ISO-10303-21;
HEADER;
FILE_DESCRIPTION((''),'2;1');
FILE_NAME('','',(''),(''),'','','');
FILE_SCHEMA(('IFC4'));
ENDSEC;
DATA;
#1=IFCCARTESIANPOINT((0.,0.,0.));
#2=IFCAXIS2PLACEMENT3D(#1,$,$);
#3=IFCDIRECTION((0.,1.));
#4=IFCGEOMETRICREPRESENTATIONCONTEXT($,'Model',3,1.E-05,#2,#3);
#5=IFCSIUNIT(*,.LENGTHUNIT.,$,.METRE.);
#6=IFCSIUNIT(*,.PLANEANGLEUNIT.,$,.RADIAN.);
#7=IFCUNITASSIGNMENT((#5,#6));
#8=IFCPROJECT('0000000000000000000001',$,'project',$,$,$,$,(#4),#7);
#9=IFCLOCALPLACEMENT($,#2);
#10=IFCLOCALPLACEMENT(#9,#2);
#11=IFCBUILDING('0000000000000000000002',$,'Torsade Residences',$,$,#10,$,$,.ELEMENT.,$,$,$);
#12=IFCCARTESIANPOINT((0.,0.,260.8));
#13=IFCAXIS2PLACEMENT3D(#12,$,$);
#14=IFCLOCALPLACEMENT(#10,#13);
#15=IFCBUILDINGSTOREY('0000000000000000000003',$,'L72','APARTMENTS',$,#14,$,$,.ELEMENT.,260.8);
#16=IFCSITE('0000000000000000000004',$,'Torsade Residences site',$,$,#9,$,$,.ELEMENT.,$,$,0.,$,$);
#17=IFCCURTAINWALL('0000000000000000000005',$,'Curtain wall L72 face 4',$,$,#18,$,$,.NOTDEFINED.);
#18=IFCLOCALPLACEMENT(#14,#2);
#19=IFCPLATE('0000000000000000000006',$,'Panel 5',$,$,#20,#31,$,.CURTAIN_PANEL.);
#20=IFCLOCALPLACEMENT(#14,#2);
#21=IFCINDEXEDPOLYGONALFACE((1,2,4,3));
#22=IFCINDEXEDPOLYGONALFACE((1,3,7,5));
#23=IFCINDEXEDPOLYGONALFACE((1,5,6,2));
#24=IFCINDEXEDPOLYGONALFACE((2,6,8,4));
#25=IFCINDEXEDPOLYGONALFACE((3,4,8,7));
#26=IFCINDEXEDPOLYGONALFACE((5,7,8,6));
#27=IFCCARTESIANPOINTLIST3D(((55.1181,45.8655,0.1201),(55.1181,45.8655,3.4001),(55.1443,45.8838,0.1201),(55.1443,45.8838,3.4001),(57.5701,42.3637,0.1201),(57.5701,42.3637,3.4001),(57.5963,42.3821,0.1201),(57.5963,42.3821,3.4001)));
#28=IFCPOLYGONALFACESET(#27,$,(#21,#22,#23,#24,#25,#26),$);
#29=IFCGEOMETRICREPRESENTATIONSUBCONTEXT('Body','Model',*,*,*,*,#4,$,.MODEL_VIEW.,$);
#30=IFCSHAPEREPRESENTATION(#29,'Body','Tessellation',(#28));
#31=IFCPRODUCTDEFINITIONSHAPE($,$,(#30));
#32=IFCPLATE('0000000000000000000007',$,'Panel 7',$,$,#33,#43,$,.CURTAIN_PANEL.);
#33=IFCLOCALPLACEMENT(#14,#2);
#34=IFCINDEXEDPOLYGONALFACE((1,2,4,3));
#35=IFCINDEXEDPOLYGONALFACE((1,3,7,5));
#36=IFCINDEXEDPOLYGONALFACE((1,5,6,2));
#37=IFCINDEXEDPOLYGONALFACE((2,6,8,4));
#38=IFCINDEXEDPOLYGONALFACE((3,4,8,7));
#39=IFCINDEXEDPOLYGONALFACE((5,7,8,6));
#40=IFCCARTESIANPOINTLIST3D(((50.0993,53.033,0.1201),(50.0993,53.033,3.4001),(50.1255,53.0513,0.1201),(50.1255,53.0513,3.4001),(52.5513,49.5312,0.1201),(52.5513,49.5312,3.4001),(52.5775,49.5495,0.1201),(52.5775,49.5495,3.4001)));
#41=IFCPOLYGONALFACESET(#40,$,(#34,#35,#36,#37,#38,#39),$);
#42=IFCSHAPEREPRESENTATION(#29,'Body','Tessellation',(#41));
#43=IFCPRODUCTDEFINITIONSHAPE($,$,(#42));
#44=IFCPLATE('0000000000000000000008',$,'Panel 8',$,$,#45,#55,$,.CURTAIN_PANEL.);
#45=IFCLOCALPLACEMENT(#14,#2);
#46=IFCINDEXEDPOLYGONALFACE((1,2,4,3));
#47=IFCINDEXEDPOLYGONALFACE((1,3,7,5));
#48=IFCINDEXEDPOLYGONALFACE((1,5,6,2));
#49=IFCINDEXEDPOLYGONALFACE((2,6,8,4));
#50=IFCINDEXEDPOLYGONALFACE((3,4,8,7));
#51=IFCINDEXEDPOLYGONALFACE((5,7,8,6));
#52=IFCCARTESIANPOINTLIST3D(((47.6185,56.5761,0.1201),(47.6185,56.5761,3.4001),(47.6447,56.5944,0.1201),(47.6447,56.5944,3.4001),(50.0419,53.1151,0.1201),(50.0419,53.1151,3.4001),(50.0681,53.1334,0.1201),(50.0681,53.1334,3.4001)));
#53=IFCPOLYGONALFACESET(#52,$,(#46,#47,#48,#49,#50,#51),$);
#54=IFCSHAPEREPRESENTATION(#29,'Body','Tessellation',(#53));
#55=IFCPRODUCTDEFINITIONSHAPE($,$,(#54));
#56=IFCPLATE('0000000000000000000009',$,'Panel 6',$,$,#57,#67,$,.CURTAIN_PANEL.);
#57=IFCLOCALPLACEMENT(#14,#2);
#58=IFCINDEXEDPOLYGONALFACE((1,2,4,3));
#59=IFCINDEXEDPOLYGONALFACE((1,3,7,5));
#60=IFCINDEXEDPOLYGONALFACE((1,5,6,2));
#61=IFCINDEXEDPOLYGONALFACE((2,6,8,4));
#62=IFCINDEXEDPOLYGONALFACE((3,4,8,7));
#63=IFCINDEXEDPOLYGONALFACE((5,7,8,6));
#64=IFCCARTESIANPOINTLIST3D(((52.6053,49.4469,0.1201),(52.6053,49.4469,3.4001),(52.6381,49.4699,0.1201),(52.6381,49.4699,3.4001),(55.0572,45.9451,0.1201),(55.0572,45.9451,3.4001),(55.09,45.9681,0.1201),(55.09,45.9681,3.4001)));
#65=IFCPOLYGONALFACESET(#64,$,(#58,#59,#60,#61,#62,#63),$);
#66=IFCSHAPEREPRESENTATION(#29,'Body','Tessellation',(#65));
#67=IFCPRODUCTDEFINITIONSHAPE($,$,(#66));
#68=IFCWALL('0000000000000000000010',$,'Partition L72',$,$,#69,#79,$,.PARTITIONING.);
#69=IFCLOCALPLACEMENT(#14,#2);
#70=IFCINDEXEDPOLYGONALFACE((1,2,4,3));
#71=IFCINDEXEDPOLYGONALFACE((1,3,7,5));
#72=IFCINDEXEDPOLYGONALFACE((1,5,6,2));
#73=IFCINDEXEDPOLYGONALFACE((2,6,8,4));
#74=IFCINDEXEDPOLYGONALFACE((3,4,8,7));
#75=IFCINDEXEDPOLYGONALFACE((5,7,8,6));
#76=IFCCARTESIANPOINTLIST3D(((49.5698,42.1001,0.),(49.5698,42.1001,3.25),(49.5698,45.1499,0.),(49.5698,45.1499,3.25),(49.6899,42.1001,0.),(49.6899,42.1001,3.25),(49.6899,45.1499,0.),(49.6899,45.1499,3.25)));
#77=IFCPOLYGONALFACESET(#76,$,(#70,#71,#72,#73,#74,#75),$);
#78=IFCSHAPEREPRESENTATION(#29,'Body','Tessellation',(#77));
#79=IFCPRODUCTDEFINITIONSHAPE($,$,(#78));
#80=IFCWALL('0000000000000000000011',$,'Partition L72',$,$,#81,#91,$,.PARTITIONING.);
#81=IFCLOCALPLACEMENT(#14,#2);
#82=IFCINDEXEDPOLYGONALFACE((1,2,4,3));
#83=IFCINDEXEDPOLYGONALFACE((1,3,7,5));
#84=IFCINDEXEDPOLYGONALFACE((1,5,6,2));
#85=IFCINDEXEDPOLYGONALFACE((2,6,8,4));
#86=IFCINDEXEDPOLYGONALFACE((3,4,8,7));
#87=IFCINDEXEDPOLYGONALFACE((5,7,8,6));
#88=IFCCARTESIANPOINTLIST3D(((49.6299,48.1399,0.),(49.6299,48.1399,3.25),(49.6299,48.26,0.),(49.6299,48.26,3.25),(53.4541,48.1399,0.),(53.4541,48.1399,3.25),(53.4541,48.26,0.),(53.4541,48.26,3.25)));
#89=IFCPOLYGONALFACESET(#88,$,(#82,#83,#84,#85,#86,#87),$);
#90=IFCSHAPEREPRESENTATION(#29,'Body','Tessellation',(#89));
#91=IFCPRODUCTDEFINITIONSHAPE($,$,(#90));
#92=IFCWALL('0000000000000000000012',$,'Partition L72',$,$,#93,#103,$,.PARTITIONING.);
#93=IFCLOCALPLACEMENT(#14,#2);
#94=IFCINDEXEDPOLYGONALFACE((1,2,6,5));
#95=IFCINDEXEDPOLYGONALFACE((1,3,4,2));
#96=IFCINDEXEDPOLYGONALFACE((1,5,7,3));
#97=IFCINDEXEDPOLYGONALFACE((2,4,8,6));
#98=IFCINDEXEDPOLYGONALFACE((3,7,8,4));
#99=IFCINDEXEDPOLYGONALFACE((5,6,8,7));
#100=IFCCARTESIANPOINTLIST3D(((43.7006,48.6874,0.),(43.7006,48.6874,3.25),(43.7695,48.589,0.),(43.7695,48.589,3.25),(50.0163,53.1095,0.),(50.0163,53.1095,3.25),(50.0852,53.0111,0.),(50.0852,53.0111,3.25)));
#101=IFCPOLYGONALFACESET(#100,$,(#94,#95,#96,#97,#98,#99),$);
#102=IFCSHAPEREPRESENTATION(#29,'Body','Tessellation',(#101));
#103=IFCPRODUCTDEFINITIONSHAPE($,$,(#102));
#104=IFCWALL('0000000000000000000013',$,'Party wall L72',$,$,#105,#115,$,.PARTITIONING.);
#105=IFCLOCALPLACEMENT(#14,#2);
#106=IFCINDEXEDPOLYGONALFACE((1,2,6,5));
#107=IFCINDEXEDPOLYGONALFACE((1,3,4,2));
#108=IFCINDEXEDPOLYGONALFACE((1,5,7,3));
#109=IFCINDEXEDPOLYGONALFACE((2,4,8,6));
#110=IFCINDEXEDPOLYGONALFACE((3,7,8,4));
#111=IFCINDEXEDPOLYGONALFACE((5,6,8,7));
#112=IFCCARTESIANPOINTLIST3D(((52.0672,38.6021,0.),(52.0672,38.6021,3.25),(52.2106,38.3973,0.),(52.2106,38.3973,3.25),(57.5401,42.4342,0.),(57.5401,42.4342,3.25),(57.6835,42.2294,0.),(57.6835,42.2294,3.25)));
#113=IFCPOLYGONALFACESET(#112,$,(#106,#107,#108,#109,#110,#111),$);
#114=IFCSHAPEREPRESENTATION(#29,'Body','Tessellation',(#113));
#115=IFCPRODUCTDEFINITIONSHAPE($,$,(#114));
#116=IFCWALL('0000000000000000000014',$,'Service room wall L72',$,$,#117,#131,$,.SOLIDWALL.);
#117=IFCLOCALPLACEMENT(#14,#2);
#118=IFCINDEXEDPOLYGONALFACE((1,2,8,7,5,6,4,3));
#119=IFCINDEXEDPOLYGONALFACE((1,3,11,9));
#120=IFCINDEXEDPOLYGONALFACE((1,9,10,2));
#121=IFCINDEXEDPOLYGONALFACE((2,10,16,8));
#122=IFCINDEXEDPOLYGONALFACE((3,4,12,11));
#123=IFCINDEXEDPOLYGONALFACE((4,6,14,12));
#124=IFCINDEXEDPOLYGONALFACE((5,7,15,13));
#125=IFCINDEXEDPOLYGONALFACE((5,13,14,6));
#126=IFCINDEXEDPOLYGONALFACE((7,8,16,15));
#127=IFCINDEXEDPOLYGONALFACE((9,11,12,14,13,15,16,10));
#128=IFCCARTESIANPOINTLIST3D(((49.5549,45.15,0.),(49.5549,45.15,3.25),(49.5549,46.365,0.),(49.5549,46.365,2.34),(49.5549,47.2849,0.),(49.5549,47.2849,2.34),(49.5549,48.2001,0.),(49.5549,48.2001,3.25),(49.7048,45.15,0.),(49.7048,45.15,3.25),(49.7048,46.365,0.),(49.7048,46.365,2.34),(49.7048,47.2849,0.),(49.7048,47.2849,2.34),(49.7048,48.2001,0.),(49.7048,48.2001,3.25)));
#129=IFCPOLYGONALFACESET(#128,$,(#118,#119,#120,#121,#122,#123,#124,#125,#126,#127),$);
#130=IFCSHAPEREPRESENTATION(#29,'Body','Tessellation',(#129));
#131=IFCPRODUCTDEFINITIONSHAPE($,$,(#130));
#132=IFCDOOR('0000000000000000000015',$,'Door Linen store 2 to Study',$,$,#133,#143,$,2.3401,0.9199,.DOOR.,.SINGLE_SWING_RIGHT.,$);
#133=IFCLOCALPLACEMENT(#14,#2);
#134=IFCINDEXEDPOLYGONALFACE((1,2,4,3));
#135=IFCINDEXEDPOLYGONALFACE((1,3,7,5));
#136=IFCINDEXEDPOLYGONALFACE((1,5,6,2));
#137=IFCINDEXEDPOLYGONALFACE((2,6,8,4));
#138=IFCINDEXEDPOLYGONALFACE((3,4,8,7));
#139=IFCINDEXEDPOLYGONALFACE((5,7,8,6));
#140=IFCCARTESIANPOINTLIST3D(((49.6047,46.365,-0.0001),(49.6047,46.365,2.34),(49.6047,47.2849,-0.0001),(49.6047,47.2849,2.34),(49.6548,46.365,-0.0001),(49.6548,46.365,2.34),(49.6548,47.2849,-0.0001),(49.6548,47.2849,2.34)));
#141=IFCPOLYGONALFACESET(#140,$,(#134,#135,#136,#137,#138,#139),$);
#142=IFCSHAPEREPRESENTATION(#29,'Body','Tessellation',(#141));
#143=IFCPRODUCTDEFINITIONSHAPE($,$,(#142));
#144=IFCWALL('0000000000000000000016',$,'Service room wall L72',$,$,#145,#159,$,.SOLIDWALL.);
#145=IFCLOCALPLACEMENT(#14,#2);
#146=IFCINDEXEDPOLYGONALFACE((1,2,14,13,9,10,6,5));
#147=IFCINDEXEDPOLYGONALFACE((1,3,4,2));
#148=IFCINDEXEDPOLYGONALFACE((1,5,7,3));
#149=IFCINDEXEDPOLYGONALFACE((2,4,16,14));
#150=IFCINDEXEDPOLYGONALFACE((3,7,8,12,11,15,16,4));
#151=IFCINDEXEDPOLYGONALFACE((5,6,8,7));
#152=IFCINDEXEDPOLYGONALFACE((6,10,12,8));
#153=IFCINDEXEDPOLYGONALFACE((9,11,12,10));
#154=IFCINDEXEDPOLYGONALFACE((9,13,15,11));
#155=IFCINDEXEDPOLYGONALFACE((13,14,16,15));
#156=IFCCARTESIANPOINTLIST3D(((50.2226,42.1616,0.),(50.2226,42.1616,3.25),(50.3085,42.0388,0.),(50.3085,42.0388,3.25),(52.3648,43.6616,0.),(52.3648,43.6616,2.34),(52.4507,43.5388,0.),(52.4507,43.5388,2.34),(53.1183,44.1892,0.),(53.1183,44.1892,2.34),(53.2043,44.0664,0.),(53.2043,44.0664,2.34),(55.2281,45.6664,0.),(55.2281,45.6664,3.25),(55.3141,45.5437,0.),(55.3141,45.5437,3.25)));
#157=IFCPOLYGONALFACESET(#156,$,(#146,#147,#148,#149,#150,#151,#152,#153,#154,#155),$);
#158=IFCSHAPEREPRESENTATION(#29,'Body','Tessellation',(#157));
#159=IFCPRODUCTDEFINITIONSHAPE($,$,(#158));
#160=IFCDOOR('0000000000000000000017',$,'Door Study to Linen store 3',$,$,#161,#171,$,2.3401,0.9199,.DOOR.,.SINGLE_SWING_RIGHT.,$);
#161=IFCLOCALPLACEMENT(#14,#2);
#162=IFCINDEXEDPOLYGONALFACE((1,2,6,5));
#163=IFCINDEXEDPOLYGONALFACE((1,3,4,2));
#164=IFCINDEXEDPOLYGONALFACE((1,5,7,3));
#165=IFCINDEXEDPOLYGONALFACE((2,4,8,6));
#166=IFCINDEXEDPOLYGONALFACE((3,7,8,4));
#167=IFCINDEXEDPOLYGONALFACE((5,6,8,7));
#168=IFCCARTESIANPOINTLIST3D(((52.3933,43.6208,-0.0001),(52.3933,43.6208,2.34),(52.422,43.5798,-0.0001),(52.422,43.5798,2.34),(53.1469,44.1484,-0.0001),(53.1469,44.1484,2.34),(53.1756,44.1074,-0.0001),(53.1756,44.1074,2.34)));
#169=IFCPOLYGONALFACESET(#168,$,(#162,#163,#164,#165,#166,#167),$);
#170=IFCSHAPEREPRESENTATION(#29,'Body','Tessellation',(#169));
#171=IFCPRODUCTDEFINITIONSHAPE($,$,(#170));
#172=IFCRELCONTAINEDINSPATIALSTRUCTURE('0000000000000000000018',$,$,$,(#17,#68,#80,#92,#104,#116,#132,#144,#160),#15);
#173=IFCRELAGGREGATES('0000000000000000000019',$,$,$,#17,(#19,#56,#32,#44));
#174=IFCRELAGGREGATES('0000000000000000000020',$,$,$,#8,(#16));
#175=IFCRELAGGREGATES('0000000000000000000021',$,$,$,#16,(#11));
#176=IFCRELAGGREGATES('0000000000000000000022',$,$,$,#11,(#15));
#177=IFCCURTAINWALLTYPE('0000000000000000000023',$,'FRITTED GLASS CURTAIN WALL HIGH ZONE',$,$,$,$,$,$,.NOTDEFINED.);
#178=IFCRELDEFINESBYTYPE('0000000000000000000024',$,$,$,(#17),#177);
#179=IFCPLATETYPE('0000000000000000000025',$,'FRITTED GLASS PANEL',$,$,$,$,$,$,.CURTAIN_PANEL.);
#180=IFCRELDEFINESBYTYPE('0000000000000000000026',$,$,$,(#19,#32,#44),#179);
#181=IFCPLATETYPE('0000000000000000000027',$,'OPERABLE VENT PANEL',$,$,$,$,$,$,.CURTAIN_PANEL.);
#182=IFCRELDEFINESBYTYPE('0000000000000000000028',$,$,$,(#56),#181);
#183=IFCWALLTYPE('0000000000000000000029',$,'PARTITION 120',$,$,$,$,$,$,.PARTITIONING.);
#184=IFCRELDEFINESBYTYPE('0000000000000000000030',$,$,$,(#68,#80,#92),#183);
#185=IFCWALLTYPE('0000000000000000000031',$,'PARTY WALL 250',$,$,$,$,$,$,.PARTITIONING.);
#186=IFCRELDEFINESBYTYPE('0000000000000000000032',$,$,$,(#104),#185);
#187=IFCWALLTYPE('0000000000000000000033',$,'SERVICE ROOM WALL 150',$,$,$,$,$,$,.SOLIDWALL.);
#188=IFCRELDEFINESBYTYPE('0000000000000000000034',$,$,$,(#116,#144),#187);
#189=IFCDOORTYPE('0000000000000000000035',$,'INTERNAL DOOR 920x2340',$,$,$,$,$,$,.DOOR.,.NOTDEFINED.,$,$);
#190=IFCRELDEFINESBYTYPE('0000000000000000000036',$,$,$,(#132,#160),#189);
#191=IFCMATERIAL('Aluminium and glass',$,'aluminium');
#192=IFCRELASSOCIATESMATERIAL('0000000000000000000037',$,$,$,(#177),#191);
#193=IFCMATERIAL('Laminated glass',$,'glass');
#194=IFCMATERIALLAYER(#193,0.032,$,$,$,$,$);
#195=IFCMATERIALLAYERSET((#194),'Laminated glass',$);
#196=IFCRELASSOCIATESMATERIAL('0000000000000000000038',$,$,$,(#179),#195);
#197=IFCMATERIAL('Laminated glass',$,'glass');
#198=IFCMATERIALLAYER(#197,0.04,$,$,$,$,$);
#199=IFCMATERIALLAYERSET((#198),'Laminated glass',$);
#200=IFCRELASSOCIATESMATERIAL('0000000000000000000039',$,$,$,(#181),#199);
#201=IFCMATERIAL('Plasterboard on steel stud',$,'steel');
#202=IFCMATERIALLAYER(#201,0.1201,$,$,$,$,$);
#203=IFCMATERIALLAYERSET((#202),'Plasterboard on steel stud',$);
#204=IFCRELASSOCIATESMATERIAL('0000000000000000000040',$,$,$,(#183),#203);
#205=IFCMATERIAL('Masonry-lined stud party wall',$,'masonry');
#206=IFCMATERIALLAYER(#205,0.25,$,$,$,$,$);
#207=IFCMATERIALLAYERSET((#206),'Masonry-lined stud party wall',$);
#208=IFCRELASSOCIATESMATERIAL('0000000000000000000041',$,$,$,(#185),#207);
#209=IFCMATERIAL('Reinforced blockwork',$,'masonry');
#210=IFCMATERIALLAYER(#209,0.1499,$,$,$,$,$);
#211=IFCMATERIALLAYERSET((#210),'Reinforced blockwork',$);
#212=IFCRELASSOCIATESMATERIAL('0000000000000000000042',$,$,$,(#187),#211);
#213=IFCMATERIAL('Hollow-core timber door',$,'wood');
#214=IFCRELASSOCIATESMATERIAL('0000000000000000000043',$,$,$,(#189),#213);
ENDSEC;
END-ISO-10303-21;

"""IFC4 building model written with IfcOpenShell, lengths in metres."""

from ifc_helpers import new_model, si_unit, direction, frame, frame_2d, origin, origin_2d, place, context, subcontext, project, spatial, rectangle, extrude, material, layer, layer_set, type_object, element, fill, aggregate, save


model = new_model("IFC4")

# Units and contexts
model_context = context("Model", 3, precision=1e-05, world=origin(), true_north=direction((0.0, 1.0)))
body_context = subcontext(model_context, "Body", "Model", "MODEL_VIEW")
ifc_project = project(units=[si_unit("LENGTHUNIT", "METRE"), si_unit("PLANEANGLEUNIT", "RADIAN")], contexts=[model_context])

# Site, building, storey
site_placement = place(None, origin())
site = spatial("IfcSite", under=ifc_project, at=site_placement, Name="Torsade Residences site", CompositionType="ELEMENT", RefElevation=0.0)
building_placement = place(site_placement, origin())
building = spatial("IfcBuilding", under=site, at=building_placement, Name="Torsade Residences", CompositionType="ELEMENT")
storey_placement = place(building_placement, frame((0.0, 0.0, 260.8)))
storey = spatial("IfcBuildingStorey", under=building, at=storey_placement, Name="L72", Description="APARTMENTS", CompositionType="ELEMENT", Elevation=260.8)

# Curtain wall
ifc_material_1 = material(Name="Aluminium and glass", Category="aluminium")
curtain_wall_type = type_object("IfcCurtainWallType", Name="FRITTED GLASS CURTAIN WALL HIGH ZONE", PredefinedType="NOTDEFINED", material=ifc_material_1)
curtain_wall_placement = place(storey_placement, origin())
curtain_wall = element("IfcCurtainWall", 1, at=curtain_wall_placement, inside=storey, type_object=curtain_wall_type, Name="Curtain wall L72 face 4", PredefinedType="NOTDEFINED")

# Plates
ifc_material_2 = material(Name="Laminated glass", Category="glass")
ifc_layer_1 = layer(ifc_material_2, 0.032)
ifc_layer_set_1 = layer_set([ifc_layer_1], Name="Laminated glass")
plate_type_1 = type_object("IfcPlateType", Name="FRITTED GLASS PANEL", PredefinedType="CURTAIN_PANEL", material=ifc_layer_set_1)
plate_1_placement = place(storey_placement, frame((56.3572, 44.1238, 0.1201), z_axis=(0.0, 0.0, 1.0), x_axis=(-0.573576, 0.819152, 0.0)))
plate_1 = element("IfcPlate", 2, at=plate_1_placement, type_object=plate_type_1, Name="Panel 5", PredefinedType="CURTAIN_PANEL", context=body_context, shape_type="SweptSolid", body=[
    extrude(rectangle(XDim=4.2749, YDim=0.032, at=origin_2d()), origin(), (0.0, 0.0, 1.0), 3.28),
])
plate_2_placement = place(storey_placement, frame((51.3384, 51.2913, 0.1201), z_axis=(0.0, 0.0, 1.0), x_axis=(-0.573576, 0.819152, 0.0)))
plate_2 = element("IfcPlate", 3, at=plate_2_placement, type_object=plate_type_1, Name="Panel 7", PredefinedType="CURTAIN_PANEL", context=body_context, shape_type="SweptSolid", body=[
    extrude(rectangle(XDim=4.2749, YDim=0.032, at=origin_2d()), origin(), (0.0, 0.0, 1.0), 3.28),
])
plate_3_placement = place(storey_placement, frame((48.8433, 54.8547, 0.1201), z_axis=(0.0, 0.0, 1.0), x_axis=(-0.573576, 0.819152, 0.0)))
plate_3 = element("IfcPlate", 4, at=plate_3_placement, type_object=plate_type_1, Name="Panel 8", PredefinedType="CURTAIN_PANEL", context=body_context, shape_type="SweptSolid", body=[
    extrude(rectangle(XDim=4.2251, YDim=0.032, at=origin_2d()), origin(), (0.0, 0.0, 1.0), 3.28),
])
ifc_material_3 = material(Name="Laminated glass", Category="glass")
ifc_layer_2 = layer(ifc_material_3, 0.04)
ifc_layer_set_2 = layer_set([ifc_layer_2], Name="Laminated glass")
plate_type_2 = type_object("IfcPlateType", Name="OPERABLE VENT PANEL", PredefinedType="CURTAIN_PANEL", material=ifc_layer_set_2)
plate_4_placement = place(storey_placement, frame((53.8477, 47.7075, 0.1201), z_axis=(0.0, 0.0, 1.0), x_axis=(-0.573576, 0.819152, 0.0)))
plate_4 = element("IfcPlate", 5, at=plate_4_placement, type_object=plate_type_2, Name="Panel 6", PredefinedType="CURTAIN_PANEL", context=body_context, shape_type="SweptSolid", body=[
    extrude(rectangle(XDim=4.2749, YDim=0.04, at=origin_2d()), origin(), (0.0, 0.0, 1.0), 3.28),
])
aggregate(curtain_wall, [plate_1, plate_4, plate_2, plate_3])

# Walls
ifc_material_4 = material(Name="Plasterboard on steel stud", Category="steel")
ifc_layer_3 = layer(ifc_material_4, 0.1201)
ifc_layer_set_3 = layer_set([ifc_layer_3], Name="Plasterboard on steel stud")
wall_type_1 = type_object("IfcWallType", Name="PARTITION 120", PredefinedType="PARTITIONING", material=ifc_layer_set_3)
wall_1_placement = place(storey_placement, frame((49.6299, 45.1499, 0.0), z_axis=(0.0, 0.0, 1.0), x_axis=(0.0, -1.0, 0.0)))
element("IfcWall", 6, at=wall_1_placement, inside=storey, type_object=wall_type_1, Name="Partition L72", PredefinedType="PARTITIONING", context=body_context, shape_type="SweptSolid", body=[
    extrude(rectangle(XDim=3.0498, YDim=0.1201, at=frame_2d((1.5249, 0.0))), origin(), (0.0, 0.0, 1.0), 3.25),
])
wall_2_placement = place(storey_placement, frame((49.6299, 48.2, 0.0), z_axis=(0.0, 0.0, 1.0), x_axis=(1.0, 0.0, 0.0)))
element("IfcWall", 7, at=wall_2_placement, inside=storey, type_object=wall_type_1, Name="Partition L72", PredefinedType="PARTITIONING", context=body_context, shape_type="SweptSolid", body=[
    extrude(rectangle(XDim=3.8242, YDim=0.1201, at=frame_2d((1.9121, 0.0))), origin(), (0.0, 0.0, 1.0), 3.25),
])
wall_3_placement = place(storey_placement, frame((50.0508, 53.0603, 0.0), z_axis=(0.0, 0.0, 1.0), x_axis=(-0.819162, -0.573562, 0.0)))
element("IfcWall", 8, at=wall_3_placement, inside=storey, type_object=wall_type_1, Name="Partition L72", PredefinedType="PARTITIONING", context=body_context, shape_type="SweptSolid", body=[
    extrude(rectangle(XDim=7.71, YDim=0.1201, at=frame_2d((3.855, 0.0))), origin(), (0.0, 0.0, 1.0), 3.25),
])
ifc_material_5 = material(Name="Masonry-lined stud party wall", Category="masonry")
ifc_layer_4 = layer(ifc_material_5, 0.25)
ifc_layer_set_4 = layer_set([ifc_layer_4], Name="Masonry-lined stud party wall")
wall_type_2 = type_object("IfcWallType", Name="PARTY WALL 250", PredefinedType="PARTITIONING", material=ifc_layer_set_4)
wall_4_placement = place(storey_placement, frame((57.6118, 42.3318, 0.0), z_axis=(0.0, 0.0, 1.0), x_axis=(-0.819162, -0.573563, 0.0)))
element("IfcWall", 9, at=wall_4_placement, inside=storey, type_object=wall_type_2, Name="Party wall L72", PredefinedType="PARTITIONING", context=body_context, shape_type="SweptSolid", body=[
    extrude(rectangle(XDim=6.6812, YDim=0.25, at=frame_2d((3.3406, 0.0))), origin(), (0.0, 0.0, 1.0), 3.25),
])

# Walls, openings, doors
ifc_material_6 = material(Name="Reinforced blockwork", Category="masonry")
ifc_layer_5 = layer(ifc_material_6, 0.1499)
ifc_layer_set_5 = layer_set([ifc_layer_5], Name="Reinforced blockwork")
wall_type_3 = type_object("IfcWallType", Name="SERVICE ROOM WALL 150", PredefinedType="SOLIDWALL", material=ifc_layer_set_5)
wall_5_placement = place(storey_placement, frame((49.6299, 48.2, 0.0), z_axis=(0.0, 0.0, 1.0), x_axis=(0.0, -1.0, 0.0)))
wall_5 = element("IfcWall", 10, at=wall_5_placement, inside=storey, type_object=wall_type_3, Name="Service room wall L72", PredefinedType="SOLIDWALL", context=body_context, shape_type="SweptSolid", body=[
    extrude(rectangle(XDim=3.05, YDim=0.1499, at=frame_2d((1.5249, 0.0))), origin(), (0.0, 0.0, 1.0), 3.25),
])
opening_1_placement = place(wall_5_placement, frame((0.915, 0.0, 0.0)))
opening_1 = element("IfcOpeningElement", 11, at=opening_1_placement, cuts=wall_5, PredefinedType="OPENING", context=body_context, shape_type="SweptSolid", body=[
    extrude(rectangle(XDim=0.9199, YDim=2.3401, at=frame_2d((0.46, 1.1699))), frame((0.0, 0.085, 0.0), z_axis=(0.0, -1.0, 0.0), x_axis=(1.0, 0.0, 0.0)), (0.0, 0.0, 1.0), 0.1699),
])
ifc_material_7 = material(Name="Hollow-core timber door", Category="wood")
door_type = type_object("IfcDoorType", Name="INTERNAL DOOR 920x2340", OperationType="NOTDEFINED", PredefinedType="DOOR", material=ifc_material_7)
door_1_placement = place(opening_1_placement, origin())
door_1 = element("IfcDoor", 12, at=door_1_placement, inside=storey, type_object=door_type, Name="Door Linen store 2 to Study", OperationType="SINGLE_SWING_RIGHT", OverallHeight=2.3401, OverallWidth=0.9199, PredefinedType="DOOR", context=body_context, shape_type="SweptSolid", body=[
    extrude(rectangle(XDim=0.9199, YDim=2.3401, at=frame_2d((0.46, 1.1699))), frame((0.0, 0.0249, 0.0), z_axis=(0.0, -1.0, 0.0), x_axis=(1.0, 0.0, 0.0)), (0.0, 0.0, 1.0), 0.05),
])
fill(opening_1, door_1)
wall_6_placement = place(storey_placement, frame((55.271, 45.605, 0.0), z_axis=(0.0, 0.0, 1.0), x_axis=(-0.819159, -0.573567, 0.0)))
wall_6 = element("IfcWall", 13, at=wall_6_placement, inside=storey, type_object=wall_type_3, Name="Service room wall L72", PredefinedType="SOLIDWALL", context=body_context, shape_type="SweptSolid", body=[
    extrude(rectangle(XDim=6.1106, YDim=0.1499, at=frame_2d((3.0552, 0.0))), origin(), (0.0, 0.0, 1.0), 3.25),
])
opening_2_placement = place(wall_6_placement, frame((2.5754, 0.0, 0.0)))
opening_2 = element("IfcOpeningElement", 14, at=opening_2_placement, cuts=wall_6, PredefinedType="OPENING", context=body_context, shape_type="SweptSolid", body=[
    extrude(rectangle(XDim=0.9199, YDim=2.3401, at=frame_2d((0.46, 1.1699))), frame((0.0, 0.085, 0.0), z_axis=(0.0, -1.0, 0.0), x_axis=(1.0, 0.0, 0.0)), (0.0, 0.0, 1.0), 0.1699),
])
door_2_placement = place(opening_2_placement, origin())
door_2 = element("IfcDoor", 15, at=door_2_placement, inside=storey, type_object=door_type, Name="Door Study to Linen store 3", OperationType="SINGLE_SWING_RIGHT", OverallHeight=2.3401, OverallWidth=0.9199, PredefinedType="DOOR", context=body_context, shape_type="SweptSolid", body=[
    extrude(rectangle(XDim=0.9199, YDim=2.3401, at=frame_2d((0.46, 1.1699))), frame((0.0, 0.0249, 0.0), z_axis=(0.0, -1.0, 0.0), x_axis=(1.0, 0.0, 0.0)), (0.0, 0.0, 1.0), 0.05),
])
fill(opening_2, door_2)

save(model, "model.ifc")
